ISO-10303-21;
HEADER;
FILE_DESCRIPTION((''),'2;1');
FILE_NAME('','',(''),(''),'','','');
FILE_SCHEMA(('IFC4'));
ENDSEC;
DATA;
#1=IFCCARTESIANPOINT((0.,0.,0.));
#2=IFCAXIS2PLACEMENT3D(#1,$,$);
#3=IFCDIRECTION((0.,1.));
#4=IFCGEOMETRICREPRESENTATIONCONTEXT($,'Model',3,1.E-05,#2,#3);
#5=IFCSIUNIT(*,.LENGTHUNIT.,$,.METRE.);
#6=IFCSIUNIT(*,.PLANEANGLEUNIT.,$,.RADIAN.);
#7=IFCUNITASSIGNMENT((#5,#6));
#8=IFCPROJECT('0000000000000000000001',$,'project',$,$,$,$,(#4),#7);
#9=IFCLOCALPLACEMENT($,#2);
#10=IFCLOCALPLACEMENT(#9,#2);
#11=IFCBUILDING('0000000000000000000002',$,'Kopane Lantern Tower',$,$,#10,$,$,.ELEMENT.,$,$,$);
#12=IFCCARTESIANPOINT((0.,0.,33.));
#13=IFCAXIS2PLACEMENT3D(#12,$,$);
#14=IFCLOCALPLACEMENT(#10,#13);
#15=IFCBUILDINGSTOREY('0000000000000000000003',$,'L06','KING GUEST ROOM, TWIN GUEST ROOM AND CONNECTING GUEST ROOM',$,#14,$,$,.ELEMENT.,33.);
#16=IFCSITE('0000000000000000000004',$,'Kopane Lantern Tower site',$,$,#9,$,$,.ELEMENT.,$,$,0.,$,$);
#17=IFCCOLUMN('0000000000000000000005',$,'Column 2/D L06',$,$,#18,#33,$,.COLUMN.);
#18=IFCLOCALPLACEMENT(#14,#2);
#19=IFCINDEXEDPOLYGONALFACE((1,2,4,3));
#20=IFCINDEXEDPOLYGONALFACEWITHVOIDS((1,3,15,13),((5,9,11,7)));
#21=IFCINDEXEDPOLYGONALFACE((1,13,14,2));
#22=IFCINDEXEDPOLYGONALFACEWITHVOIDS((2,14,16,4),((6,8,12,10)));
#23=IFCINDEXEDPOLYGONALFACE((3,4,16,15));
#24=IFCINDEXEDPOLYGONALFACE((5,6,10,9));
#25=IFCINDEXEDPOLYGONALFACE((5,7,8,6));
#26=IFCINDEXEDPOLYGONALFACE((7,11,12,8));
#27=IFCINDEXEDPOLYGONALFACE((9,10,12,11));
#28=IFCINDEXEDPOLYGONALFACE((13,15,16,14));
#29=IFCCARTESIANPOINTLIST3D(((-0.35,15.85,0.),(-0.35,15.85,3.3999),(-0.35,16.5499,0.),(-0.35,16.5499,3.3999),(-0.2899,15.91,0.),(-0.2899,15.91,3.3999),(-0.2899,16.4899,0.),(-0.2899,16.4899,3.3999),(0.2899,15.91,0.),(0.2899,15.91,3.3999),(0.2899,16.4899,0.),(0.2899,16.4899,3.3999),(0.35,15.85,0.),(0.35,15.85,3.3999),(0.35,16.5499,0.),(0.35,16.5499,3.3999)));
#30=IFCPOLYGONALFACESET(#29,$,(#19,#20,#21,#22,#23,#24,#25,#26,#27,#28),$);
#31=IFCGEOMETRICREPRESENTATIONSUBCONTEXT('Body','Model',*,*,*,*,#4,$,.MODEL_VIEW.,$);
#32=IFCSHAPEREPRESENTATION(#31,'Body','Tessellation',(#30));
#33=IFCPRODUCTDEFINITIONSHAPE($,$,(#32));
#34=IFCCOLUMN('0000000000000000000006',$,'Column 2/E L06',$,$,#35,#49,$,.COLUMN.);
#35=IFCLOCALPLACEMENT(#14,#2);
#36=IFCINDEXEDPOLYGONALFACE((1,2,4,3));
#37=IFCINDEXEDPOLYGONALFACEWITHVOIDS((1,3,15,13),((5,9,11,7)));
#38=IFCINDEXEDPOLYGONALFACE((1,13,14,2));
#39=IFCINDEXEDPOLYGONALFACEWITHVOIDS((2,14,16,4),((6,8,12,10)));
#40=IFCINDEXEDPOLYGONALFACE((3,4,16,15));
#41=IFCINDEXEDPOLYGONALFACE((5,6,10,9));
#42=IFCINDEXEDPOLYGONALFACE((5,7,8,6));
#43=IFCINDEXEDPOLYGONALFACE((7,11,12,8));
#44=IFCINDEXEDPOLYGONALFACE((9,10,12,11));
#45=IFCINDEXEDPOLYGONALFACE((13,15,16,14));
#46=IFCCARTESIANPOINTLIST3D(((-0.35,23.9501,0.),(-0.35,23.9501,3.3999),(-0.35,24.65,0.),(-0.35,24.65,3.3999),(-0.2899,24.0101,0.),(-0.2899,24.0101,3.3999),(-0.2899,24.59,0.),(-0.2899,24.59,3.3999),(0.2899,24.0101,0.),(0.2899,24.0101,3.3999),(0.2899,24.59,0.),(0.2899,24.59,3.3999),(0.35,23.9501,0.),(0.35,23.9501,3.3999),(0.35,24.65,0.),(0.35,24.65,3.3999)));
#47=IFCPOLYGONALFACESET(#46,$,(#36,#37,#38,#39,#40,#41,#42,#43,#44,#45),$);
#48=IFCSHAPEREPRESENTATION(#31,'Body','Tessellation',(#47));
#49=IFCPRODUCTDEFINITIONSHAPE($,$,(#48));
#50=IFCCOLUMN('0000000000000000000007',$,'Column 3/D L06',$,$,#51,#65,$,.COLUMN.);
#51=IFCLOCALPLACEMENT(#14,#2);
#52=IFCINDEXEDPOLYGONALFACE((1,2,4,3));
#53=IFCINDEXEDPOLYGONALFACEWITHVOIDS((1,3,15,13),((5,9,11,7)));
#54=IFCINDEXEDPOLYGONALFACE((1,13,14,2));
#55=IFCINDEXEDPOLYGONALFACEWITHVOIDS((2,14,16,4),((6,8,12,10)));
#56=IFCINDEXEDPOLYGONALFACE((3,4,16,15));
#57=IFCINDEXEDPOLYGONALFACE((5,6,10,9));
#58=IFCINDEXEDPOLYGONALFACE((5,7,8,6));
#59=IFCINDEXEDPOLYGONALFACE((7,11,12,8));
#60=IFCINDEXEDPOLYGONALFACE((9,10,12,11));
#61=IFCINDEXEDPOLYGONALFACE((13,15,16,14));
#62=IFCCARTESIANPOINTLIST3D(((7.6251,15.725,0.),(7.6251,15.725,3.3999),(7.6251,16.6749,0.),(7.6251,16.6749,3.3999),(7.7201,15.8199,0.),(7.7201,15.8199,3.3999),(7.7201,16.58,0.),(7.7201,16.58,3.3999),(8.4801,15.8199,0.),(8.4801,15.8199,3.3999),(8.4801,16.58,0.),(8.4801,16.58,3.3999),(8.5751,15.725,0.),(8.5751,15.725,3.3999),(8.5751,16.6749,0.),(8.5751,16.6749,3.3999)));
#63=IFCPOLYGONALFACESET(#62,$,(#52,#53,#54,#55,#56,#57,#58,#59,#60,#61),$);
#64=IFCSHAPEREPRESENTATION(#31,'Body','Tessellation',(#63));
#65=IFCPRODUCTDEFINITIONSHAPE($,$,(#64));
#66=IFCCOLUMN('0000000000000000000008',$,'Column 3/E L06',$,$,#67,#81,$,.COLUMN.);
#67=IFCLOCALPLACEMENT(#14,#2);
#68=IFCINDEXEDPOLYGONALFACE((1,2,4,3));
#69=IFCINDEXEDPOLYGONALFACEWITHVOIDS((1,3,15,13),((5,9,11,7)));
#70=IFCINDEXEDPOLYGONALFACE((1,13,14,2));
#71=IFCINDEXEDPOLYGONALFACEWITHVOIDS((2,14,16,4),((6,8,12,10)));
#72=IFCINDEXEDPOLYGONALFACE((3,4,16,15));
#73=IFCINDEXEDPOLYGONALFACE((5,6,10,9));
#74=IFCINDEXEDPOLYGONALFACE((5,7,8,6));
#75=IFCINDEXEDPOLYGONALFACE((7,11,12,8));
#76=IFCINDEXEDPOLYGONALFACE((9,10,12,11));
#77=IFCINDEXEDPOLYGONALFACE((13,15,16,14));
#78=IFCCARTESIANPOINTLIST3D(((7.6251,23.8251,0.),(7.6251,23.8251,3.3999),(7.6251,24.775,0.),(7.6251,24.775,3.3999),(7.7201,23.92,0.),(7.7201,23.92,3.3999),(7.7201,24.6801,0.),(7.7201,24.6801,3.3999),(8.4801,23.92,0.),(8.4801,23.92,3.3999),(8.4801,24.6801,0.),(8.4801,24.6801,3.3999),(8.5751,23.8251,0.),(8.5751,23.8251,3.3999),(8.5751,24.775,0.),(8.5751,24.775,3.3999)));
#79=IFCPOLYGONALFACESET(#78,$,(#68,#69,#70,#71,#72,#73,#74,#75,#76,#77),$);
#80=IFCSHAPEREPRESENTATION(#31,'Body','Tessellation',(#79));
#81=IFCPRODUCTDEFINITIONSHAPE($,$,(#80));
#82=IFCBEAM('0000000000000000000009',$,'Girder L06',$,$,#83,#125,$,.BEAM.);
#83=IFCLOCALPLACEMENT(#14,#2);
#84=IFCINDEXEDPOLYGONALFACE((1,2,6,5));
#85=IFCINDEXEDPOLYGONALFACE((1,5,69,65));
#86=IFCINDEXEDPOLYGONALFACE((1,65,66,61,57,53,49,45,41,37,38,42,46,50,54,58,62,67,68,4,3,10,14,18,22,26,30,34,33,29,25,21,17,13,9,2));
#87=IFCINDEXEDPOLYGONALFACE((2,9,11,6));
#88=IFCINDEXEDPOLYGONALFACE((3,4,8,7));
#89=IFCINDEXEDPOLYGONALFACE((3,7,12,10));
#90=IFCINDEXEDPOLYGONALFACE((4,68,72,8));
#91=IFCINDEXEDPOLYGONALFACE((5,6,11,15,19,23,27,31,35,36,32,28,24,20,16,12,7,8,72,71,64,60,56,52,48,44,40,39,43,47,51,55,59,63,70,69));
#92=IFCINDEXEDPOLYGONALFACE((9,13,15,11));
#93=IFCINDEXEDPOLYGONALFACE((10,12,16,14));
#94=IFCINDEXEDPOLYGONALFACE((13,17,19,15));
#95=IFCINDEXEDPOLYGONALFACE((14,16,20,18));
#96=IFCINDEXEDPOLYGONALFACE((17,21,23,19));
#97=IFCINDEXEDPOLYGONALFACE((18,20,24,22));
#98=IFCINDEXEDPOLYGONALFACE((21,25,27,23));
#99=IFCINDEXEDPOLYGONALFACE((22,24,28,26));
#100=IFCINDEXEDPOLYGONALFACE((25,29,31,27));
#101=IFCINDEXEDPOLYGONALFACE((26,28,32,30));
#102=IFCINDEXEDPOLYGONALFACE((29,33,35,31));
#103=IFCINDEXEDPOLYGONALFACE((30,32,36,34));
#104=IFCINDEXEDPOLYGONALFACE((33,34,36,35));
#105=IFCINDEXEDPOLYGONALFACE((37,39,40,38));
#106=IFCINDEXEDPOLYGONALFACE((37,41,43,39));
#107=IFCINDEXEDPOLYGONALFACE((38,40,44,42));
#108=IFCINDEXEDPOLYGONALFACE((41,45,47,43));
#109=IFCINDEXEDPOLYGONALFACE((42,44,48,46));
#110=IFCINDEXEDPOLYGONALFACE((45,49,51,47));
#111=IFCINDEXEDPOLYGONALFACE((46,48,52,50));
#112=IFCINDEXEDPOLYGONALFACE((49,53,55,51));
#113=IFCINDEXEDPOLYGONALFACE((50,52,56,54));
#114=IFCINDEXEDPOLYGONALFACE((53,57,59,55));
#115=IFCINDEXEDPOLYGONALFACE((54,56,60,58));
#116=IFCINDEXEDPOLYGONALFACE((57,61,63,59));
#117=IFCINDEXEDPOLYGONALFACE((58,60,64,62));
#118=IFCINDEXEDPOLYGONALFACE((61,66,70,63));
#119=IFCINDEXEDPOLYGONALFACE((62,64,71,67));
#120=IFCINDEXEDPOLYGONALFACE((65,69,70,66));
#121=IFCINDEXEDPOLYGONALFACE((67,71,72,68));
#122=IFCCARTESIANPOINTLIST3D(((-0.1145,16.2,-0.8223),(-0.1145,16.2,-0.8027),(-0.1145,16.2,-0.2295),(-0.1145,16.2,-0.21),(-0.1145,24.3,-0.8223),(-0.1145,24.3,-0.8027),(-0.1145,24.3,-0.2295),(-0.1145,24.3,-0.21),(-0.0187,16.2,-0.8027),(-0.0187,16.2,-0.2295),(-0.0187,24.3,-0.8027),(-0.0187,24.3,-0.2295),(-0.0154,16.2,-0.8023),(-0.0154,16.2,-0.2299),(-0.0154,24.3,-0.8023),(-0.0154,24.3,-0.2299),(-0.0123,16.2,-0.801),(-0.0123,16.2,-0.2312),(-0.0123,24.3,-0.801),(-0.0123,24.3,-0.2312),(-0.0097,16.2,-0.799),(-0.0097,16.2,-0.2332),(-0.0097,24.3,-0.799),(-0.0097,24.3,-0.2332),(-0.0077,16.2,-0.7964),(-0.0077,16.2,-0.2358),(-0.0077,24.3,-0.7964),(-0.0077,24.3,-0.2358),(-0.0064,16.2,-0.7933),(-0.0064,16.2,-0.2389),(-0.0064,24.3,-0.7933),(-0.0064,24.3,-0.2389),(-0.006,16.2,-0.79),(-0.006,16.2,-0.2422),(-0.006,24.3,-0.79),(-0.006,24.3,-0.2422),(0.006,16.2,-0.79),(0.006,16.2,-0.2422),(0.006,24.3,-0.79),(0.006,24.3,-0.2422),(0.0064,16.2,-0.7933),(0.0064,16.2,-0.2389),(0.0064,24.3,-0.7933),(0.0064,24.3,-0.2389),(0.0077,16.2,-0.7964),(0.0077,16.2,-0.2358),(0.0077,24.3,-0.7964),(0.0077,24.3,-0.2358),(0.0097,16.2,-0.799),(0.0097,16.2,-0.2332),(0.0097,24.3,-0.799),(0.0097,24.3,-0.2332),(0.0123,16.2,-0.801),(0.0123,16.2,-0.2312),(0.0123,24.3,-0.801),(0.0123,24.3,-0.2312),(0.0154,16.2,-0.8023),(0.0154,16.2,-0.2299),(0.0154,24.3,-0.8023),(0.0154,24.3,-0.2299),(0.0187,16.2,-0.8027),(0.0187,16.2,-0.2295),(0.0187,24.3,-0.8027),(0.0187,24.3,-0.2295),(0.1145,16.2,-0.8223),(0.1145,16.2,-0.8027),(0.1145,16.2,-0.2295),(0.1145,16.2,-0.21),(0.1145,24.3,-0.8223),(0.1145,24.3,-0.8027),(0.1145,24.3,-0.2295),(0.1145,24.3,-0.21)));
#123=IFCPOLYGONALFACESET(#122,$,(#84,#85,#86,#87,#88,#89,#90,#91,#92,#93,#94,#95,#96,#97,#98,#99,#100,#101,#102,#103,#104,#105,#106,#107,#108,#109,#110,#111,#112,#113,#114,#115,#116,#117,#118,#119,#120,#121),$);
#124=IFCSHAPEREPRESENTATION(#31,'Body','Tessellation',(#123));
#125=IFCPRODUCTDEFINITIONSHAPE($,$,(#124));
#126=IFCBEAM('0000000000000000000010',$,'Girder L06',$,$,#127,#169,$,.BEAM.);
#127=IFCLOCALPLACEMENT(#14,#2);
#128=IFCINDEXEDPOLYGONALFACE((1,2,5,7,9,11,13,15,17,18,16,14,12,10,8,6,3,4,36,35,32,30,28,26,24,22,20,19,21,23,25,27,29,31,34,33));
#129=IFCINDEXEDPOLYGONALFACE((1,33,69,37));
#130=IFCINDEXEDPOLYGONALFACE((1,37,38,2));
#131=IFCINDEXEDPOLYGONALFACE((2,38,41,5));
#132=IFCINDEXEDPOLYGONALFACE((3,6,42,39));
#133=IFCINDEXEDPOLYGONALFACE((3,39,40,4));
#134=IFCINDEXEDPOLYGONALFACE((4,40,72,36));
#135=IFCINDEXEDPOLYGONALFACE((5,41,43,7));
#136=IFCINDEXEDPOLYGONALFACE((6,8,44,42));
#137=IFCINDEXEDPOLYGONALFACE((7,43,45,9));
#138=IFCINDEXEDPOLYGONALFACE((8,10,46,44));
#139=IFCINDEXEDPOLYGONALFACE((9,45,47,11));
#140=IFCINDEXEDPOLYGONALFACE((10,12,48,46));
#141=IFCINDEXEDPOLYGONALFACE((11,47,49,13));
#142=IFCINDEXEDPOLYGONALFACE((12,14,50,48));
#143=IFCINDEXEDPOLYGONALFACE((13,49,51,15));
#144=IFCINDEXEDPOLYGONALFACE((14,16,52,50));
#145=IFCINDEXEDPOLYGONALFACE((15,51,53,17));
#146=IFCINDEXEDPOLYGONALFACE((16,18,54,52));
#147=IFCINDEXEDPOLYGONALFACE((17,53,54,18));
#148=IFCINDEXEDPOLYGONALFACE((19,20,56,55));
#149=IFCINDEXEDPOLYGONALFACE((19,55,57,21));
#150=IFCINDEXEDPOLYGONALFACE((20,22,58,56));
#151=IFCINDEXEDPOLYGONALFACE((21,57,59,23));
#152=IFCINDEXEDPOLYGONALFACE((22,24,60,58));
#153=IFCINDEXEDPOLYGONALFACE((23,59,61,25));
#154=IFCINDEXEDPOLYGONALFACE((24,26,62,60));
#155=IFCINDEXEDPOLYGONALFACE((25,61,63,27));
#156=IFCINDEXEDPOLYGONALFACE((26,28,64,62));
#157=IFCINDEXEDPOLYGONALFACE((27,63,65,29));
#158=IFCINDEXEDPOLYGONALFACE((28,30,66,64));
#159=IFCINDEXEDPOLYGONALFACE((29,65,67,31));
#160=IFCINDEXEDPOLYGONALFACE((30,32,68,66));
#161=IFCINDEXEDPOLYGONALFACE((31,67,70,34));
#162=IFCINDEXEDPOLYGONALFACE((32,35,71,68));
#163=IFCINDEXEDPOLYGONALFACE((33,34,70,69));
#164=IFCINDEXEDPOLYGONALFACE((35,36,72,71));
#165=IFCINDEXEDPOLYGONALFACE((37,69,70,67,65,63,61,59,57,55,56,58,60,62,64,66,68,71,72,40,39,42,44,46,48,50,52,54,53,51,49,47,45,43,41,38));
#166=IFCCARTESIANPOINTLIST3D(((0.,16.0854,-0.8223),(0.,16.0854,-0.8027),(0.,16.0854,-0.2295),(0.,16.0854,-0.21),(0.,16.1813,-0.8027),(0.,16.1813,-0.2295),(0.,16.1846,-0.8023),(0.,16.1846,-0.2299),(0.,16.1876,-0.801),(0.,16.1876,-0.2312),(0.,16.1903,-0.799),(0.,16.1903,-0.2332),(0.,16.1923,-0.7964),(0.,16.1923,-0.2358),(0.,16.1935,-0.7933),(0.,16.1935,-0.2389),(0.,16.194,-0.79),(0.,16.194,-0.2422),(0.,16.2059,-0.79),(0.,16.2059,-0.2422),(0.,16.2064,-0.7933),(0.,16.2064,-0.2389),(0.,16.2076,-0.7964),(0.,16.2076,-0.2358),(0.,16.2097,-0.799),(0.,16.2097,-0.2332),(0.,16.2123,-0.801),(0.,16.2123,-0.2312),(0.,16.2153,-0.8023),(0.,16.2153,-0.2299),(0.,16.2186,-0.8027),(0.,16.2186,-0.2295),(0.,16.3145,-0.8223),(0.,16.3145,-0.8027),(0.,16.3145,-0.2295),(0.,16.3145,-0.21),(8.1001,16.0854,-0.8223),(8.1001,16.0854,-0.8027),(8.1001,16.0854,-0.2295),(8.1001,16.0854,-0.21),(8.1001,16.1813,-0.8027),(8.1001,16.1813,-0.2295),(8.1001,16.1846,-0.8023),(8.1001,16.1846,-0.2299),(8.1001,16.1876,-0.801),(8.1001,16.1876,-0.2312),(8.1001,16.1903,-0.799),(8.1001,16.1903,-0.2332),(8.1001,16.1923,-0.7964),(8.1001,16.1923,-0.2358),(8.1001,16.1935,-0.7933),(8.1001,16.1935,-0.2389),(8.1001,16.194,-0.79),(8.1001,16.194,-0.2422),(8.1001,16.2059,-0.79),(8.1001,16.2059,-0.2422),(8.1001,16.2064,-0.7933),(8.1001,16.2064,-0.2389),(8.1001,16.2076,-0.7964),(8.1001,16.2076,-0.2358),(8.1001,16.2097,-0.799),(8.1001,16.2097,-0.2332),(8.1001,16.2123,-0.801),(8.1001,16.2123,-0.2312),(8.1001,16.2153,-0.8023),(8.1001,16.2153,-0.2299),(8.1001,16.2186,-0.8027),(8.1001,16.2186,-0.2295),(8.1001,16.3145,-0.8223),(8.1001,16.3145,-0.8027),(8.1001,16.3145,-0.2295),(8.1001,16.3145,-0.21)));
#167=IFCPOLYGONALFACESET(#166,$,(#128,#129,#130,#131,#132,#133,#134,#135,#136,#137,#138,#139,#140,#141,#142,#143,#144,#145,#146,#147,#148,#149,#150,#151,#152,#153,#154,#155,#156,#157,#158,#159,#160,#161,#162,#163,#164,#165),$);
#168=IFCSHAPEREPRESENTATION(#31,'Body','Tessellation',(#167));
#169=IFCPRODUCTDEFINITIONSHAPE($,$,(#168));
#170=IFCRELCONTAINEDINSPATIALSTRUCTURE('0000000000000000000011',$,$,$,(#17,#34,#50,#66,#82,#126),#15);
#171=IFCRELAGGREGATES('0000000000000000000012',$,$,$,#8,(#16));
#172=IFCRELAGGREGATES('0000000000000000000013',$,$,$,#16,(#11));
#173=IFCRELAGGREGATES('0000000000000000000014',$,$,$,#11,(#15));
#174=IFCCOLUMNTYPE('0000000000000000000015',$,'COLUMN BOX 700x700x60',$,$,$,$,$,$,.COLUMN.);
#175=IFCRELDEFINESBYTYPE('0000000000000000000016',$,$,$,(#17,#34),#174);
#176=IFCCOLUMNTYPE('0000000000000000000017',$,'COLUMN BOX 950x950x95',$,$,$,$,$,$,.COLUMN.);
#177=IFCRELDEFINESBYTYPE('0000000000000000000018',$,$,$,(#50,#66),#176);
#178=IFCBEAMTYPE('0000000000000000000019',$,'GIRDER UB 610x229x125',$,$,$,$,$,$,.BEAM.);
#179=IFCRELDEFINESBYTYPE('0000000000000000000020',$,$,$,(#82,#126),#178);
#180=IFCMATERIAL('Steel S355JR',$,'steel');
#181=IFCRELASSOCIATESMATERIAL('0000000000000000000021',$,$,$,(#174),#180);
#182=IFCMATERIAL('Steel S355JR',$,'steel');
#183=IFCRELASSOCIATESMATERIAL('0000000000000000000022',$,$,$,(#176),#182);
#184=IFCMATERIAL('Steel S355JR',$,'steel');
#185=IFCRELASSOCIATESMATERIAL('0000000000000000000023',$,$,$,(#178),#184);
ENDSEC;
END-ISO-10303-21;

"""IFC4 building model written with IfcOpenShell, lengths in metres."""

from ifc_helpers import new_model, si_unit, direction, frame, origin, origin_2d, place, context, subcontext, project, spatial, hollow_rectangle, i_section, extrude, material, material_profile, profile_set, type_object, element, save


model = new_model("IFC4")

# Units and contexts
model_context = context("Model", 3, precision=1e-05, world=origin(), true_north=direction((0.0, 1.0)))
body_context = subcontext(model_context, "Body", "Model", "MODEL_VIEW")
ifc_project = project(units=[si_unit("LENGTHUNIT", "METRE"), si_unit("PLANEANGLEUNIT", "RADIAN")], contexts=[model_context])

# Site, building, storey
site_placement = place(None, origin())
site = spatial("IfcSite", under=ifc_project, at=site_placement, Name="Kopane Lantern Tower site", CompositionType="ELEMENT", RefElevation=0.0)
building_placement = place(site_placement, origin())
building = spatial("IfcBuilding", under=site, at=building_placement, Name="Kopane Lantern Tower", CompositionType="ELEMENT")
storey_placement = place(building_placement, frame((0.0, 0.0, 33.0)))
storey = spatial("IfcBuildingStorey", under=building, at=storey_placement, Name="L06", Description="KING GUEST ROOM, TWIN GUEST ROOM AND CONNECTING GUEST ROOM", CompositionType="ELEMENT", Elevation=33.0)

# Columns
ifc_material_1 = material(Name="Steel S355JR", Category="steel")
ifc_material_profile_1 = material_profile(ifc_material_1, hollow_rectangle(XDim=0.7, YDim=0.7, WallThickness=0.0601, at=origin_2d()), Name="BOX 700x700x60")
ifc_profile_set_1 = profile_set([ifc_material_profile_1], Name="Steel S355JR")
column_type_1 = type_object("IfcColumnType", Name="COLUMN BOX 700x700x60", PredefinedType="COLUMN", material=ifc_profile_set_1)
for number, where, z_axis, x_axis, name in (
    (1, (0.0, 16.2, 0.0), (0.0, 0.0, 1.0), (1.0, 0.0, 0.0), "Column 2/D L06"),
    (2, (0.0, 24.3, 0.0), (0.0, 0.0, 1.0), (1.0, 0.0, 0.0), "Column 2/E L06"),
):
    element("IfcColumn", number, at=place(storey_placement, frame(where, z_axis=z_axis, x_axis=x_axis)), inside=storey, type_object=column_type_1, Name=name, PredefinedType="COLUMN", context=body_context, shape_type="SweptSolid", body=[
        extrude(hollow_rectangle(XDim=0.7, YDim=0.7, WallThickness=0.0601, at=origin_2d()), origin(), (0.0, 0.0, 1.0), 3.3999),
    ])
ifc_material_2 = material(Name="Steel S355JR", Category="steel")
ifc_material_profile_2 = material_profile(ifc_material_2, hollow_rectangle(XDim=0.95, YDim=0.95, WallThickness=0.095, at=origin_2d()), Name="BOX 950x950x95")
ifc_profile_set_2 = profile_set([ifc_material_profile_2], Name="Steel S355JR")
column_type_2 = type_object("IfcColumnType", Name="COLUMN BOX 950x950x95", PredefinedType="COLUMN", material=ifc_profile_set_2)
for number, where, z_axis, x_axis, name in (
    (3, (8.1001, 16.2, 0.0), (0.0, 0.0, 1.0), (1.0, 0.0, 0.0), "Column 3/D L06"),
    (4, (8.1001, 24.3, 0.0), (0.0, 0.0, 1.0), (1.0, 0.0, 0.0), "Column 3/E L06"),
):
    element("IfcColumn", number, at=place(storey_placement, frame(where, z_axis=z_axis, x_axis=x_axis)), inside=storey, type_object=column_type_2, Name=name, PredefinedType="COLUMN", context=body_context, shape_type="SweptSolid", body=[
        extrude(hollow_rectangle(XDim=0.95, YDim=0.95, WallThickness=0.095, at=origin_2d()), origin(), (0.0, 0.0, 1.0), 3.3999),
    ])

# Beams
ifc_material_3 = material(Name="Steel S355JR", Category="steel")
ifc_material_profile_3 = material_profile(ifc_material_3, i_section(OverallWidth=0.229, OverallDepth=0.6123, WebThickness=0.012, FlangeThickness=0.0195, FilletRadius=0.0127, at=origin_2d()), Name="UB 610x229x125")
ifc_profile_set_3 = profile_set([ifc_material_profile_3], Name="Steel S355JR")
beam_type = type_object("IfcBeamType", Name="GIRDER UB 610x229x125", PredefinedType="BEAM", material=ifc_profile_set_3)
for number, where, z_axis, x_axis, name in (
    (5, (0.0, 16.2, -0.5161), (0.0, 1.0, 0.0), (-1.0, 0.0, 0.0), "Girder L06"),
    (6, (0.0, 16.2, -0.5161), (1.0, 0.0, 0.0), (0.0, 1.0, 0.0), "Girder L06"),
):
    element("IfcBeam", number, at=place(storey_placement, frame(where, z_axis=z_axis, x_axis=x_axis)), inside=storey, type_object=beam_type, Name=name, PredefinedType="BEAM", context=body_context, shape_type="SweptSolid", body=[
        extrude(i_section(OverallWidth=0.229, OverallDepth=0.6123, WebThickness=0.012, FlangeThickness=0.0195, FilletRadius=0.0127, at=origin_2d()), origin(), (0.0, 0.0, 1.0), 8.1001),
    ])

save(model, "model.ifc")
